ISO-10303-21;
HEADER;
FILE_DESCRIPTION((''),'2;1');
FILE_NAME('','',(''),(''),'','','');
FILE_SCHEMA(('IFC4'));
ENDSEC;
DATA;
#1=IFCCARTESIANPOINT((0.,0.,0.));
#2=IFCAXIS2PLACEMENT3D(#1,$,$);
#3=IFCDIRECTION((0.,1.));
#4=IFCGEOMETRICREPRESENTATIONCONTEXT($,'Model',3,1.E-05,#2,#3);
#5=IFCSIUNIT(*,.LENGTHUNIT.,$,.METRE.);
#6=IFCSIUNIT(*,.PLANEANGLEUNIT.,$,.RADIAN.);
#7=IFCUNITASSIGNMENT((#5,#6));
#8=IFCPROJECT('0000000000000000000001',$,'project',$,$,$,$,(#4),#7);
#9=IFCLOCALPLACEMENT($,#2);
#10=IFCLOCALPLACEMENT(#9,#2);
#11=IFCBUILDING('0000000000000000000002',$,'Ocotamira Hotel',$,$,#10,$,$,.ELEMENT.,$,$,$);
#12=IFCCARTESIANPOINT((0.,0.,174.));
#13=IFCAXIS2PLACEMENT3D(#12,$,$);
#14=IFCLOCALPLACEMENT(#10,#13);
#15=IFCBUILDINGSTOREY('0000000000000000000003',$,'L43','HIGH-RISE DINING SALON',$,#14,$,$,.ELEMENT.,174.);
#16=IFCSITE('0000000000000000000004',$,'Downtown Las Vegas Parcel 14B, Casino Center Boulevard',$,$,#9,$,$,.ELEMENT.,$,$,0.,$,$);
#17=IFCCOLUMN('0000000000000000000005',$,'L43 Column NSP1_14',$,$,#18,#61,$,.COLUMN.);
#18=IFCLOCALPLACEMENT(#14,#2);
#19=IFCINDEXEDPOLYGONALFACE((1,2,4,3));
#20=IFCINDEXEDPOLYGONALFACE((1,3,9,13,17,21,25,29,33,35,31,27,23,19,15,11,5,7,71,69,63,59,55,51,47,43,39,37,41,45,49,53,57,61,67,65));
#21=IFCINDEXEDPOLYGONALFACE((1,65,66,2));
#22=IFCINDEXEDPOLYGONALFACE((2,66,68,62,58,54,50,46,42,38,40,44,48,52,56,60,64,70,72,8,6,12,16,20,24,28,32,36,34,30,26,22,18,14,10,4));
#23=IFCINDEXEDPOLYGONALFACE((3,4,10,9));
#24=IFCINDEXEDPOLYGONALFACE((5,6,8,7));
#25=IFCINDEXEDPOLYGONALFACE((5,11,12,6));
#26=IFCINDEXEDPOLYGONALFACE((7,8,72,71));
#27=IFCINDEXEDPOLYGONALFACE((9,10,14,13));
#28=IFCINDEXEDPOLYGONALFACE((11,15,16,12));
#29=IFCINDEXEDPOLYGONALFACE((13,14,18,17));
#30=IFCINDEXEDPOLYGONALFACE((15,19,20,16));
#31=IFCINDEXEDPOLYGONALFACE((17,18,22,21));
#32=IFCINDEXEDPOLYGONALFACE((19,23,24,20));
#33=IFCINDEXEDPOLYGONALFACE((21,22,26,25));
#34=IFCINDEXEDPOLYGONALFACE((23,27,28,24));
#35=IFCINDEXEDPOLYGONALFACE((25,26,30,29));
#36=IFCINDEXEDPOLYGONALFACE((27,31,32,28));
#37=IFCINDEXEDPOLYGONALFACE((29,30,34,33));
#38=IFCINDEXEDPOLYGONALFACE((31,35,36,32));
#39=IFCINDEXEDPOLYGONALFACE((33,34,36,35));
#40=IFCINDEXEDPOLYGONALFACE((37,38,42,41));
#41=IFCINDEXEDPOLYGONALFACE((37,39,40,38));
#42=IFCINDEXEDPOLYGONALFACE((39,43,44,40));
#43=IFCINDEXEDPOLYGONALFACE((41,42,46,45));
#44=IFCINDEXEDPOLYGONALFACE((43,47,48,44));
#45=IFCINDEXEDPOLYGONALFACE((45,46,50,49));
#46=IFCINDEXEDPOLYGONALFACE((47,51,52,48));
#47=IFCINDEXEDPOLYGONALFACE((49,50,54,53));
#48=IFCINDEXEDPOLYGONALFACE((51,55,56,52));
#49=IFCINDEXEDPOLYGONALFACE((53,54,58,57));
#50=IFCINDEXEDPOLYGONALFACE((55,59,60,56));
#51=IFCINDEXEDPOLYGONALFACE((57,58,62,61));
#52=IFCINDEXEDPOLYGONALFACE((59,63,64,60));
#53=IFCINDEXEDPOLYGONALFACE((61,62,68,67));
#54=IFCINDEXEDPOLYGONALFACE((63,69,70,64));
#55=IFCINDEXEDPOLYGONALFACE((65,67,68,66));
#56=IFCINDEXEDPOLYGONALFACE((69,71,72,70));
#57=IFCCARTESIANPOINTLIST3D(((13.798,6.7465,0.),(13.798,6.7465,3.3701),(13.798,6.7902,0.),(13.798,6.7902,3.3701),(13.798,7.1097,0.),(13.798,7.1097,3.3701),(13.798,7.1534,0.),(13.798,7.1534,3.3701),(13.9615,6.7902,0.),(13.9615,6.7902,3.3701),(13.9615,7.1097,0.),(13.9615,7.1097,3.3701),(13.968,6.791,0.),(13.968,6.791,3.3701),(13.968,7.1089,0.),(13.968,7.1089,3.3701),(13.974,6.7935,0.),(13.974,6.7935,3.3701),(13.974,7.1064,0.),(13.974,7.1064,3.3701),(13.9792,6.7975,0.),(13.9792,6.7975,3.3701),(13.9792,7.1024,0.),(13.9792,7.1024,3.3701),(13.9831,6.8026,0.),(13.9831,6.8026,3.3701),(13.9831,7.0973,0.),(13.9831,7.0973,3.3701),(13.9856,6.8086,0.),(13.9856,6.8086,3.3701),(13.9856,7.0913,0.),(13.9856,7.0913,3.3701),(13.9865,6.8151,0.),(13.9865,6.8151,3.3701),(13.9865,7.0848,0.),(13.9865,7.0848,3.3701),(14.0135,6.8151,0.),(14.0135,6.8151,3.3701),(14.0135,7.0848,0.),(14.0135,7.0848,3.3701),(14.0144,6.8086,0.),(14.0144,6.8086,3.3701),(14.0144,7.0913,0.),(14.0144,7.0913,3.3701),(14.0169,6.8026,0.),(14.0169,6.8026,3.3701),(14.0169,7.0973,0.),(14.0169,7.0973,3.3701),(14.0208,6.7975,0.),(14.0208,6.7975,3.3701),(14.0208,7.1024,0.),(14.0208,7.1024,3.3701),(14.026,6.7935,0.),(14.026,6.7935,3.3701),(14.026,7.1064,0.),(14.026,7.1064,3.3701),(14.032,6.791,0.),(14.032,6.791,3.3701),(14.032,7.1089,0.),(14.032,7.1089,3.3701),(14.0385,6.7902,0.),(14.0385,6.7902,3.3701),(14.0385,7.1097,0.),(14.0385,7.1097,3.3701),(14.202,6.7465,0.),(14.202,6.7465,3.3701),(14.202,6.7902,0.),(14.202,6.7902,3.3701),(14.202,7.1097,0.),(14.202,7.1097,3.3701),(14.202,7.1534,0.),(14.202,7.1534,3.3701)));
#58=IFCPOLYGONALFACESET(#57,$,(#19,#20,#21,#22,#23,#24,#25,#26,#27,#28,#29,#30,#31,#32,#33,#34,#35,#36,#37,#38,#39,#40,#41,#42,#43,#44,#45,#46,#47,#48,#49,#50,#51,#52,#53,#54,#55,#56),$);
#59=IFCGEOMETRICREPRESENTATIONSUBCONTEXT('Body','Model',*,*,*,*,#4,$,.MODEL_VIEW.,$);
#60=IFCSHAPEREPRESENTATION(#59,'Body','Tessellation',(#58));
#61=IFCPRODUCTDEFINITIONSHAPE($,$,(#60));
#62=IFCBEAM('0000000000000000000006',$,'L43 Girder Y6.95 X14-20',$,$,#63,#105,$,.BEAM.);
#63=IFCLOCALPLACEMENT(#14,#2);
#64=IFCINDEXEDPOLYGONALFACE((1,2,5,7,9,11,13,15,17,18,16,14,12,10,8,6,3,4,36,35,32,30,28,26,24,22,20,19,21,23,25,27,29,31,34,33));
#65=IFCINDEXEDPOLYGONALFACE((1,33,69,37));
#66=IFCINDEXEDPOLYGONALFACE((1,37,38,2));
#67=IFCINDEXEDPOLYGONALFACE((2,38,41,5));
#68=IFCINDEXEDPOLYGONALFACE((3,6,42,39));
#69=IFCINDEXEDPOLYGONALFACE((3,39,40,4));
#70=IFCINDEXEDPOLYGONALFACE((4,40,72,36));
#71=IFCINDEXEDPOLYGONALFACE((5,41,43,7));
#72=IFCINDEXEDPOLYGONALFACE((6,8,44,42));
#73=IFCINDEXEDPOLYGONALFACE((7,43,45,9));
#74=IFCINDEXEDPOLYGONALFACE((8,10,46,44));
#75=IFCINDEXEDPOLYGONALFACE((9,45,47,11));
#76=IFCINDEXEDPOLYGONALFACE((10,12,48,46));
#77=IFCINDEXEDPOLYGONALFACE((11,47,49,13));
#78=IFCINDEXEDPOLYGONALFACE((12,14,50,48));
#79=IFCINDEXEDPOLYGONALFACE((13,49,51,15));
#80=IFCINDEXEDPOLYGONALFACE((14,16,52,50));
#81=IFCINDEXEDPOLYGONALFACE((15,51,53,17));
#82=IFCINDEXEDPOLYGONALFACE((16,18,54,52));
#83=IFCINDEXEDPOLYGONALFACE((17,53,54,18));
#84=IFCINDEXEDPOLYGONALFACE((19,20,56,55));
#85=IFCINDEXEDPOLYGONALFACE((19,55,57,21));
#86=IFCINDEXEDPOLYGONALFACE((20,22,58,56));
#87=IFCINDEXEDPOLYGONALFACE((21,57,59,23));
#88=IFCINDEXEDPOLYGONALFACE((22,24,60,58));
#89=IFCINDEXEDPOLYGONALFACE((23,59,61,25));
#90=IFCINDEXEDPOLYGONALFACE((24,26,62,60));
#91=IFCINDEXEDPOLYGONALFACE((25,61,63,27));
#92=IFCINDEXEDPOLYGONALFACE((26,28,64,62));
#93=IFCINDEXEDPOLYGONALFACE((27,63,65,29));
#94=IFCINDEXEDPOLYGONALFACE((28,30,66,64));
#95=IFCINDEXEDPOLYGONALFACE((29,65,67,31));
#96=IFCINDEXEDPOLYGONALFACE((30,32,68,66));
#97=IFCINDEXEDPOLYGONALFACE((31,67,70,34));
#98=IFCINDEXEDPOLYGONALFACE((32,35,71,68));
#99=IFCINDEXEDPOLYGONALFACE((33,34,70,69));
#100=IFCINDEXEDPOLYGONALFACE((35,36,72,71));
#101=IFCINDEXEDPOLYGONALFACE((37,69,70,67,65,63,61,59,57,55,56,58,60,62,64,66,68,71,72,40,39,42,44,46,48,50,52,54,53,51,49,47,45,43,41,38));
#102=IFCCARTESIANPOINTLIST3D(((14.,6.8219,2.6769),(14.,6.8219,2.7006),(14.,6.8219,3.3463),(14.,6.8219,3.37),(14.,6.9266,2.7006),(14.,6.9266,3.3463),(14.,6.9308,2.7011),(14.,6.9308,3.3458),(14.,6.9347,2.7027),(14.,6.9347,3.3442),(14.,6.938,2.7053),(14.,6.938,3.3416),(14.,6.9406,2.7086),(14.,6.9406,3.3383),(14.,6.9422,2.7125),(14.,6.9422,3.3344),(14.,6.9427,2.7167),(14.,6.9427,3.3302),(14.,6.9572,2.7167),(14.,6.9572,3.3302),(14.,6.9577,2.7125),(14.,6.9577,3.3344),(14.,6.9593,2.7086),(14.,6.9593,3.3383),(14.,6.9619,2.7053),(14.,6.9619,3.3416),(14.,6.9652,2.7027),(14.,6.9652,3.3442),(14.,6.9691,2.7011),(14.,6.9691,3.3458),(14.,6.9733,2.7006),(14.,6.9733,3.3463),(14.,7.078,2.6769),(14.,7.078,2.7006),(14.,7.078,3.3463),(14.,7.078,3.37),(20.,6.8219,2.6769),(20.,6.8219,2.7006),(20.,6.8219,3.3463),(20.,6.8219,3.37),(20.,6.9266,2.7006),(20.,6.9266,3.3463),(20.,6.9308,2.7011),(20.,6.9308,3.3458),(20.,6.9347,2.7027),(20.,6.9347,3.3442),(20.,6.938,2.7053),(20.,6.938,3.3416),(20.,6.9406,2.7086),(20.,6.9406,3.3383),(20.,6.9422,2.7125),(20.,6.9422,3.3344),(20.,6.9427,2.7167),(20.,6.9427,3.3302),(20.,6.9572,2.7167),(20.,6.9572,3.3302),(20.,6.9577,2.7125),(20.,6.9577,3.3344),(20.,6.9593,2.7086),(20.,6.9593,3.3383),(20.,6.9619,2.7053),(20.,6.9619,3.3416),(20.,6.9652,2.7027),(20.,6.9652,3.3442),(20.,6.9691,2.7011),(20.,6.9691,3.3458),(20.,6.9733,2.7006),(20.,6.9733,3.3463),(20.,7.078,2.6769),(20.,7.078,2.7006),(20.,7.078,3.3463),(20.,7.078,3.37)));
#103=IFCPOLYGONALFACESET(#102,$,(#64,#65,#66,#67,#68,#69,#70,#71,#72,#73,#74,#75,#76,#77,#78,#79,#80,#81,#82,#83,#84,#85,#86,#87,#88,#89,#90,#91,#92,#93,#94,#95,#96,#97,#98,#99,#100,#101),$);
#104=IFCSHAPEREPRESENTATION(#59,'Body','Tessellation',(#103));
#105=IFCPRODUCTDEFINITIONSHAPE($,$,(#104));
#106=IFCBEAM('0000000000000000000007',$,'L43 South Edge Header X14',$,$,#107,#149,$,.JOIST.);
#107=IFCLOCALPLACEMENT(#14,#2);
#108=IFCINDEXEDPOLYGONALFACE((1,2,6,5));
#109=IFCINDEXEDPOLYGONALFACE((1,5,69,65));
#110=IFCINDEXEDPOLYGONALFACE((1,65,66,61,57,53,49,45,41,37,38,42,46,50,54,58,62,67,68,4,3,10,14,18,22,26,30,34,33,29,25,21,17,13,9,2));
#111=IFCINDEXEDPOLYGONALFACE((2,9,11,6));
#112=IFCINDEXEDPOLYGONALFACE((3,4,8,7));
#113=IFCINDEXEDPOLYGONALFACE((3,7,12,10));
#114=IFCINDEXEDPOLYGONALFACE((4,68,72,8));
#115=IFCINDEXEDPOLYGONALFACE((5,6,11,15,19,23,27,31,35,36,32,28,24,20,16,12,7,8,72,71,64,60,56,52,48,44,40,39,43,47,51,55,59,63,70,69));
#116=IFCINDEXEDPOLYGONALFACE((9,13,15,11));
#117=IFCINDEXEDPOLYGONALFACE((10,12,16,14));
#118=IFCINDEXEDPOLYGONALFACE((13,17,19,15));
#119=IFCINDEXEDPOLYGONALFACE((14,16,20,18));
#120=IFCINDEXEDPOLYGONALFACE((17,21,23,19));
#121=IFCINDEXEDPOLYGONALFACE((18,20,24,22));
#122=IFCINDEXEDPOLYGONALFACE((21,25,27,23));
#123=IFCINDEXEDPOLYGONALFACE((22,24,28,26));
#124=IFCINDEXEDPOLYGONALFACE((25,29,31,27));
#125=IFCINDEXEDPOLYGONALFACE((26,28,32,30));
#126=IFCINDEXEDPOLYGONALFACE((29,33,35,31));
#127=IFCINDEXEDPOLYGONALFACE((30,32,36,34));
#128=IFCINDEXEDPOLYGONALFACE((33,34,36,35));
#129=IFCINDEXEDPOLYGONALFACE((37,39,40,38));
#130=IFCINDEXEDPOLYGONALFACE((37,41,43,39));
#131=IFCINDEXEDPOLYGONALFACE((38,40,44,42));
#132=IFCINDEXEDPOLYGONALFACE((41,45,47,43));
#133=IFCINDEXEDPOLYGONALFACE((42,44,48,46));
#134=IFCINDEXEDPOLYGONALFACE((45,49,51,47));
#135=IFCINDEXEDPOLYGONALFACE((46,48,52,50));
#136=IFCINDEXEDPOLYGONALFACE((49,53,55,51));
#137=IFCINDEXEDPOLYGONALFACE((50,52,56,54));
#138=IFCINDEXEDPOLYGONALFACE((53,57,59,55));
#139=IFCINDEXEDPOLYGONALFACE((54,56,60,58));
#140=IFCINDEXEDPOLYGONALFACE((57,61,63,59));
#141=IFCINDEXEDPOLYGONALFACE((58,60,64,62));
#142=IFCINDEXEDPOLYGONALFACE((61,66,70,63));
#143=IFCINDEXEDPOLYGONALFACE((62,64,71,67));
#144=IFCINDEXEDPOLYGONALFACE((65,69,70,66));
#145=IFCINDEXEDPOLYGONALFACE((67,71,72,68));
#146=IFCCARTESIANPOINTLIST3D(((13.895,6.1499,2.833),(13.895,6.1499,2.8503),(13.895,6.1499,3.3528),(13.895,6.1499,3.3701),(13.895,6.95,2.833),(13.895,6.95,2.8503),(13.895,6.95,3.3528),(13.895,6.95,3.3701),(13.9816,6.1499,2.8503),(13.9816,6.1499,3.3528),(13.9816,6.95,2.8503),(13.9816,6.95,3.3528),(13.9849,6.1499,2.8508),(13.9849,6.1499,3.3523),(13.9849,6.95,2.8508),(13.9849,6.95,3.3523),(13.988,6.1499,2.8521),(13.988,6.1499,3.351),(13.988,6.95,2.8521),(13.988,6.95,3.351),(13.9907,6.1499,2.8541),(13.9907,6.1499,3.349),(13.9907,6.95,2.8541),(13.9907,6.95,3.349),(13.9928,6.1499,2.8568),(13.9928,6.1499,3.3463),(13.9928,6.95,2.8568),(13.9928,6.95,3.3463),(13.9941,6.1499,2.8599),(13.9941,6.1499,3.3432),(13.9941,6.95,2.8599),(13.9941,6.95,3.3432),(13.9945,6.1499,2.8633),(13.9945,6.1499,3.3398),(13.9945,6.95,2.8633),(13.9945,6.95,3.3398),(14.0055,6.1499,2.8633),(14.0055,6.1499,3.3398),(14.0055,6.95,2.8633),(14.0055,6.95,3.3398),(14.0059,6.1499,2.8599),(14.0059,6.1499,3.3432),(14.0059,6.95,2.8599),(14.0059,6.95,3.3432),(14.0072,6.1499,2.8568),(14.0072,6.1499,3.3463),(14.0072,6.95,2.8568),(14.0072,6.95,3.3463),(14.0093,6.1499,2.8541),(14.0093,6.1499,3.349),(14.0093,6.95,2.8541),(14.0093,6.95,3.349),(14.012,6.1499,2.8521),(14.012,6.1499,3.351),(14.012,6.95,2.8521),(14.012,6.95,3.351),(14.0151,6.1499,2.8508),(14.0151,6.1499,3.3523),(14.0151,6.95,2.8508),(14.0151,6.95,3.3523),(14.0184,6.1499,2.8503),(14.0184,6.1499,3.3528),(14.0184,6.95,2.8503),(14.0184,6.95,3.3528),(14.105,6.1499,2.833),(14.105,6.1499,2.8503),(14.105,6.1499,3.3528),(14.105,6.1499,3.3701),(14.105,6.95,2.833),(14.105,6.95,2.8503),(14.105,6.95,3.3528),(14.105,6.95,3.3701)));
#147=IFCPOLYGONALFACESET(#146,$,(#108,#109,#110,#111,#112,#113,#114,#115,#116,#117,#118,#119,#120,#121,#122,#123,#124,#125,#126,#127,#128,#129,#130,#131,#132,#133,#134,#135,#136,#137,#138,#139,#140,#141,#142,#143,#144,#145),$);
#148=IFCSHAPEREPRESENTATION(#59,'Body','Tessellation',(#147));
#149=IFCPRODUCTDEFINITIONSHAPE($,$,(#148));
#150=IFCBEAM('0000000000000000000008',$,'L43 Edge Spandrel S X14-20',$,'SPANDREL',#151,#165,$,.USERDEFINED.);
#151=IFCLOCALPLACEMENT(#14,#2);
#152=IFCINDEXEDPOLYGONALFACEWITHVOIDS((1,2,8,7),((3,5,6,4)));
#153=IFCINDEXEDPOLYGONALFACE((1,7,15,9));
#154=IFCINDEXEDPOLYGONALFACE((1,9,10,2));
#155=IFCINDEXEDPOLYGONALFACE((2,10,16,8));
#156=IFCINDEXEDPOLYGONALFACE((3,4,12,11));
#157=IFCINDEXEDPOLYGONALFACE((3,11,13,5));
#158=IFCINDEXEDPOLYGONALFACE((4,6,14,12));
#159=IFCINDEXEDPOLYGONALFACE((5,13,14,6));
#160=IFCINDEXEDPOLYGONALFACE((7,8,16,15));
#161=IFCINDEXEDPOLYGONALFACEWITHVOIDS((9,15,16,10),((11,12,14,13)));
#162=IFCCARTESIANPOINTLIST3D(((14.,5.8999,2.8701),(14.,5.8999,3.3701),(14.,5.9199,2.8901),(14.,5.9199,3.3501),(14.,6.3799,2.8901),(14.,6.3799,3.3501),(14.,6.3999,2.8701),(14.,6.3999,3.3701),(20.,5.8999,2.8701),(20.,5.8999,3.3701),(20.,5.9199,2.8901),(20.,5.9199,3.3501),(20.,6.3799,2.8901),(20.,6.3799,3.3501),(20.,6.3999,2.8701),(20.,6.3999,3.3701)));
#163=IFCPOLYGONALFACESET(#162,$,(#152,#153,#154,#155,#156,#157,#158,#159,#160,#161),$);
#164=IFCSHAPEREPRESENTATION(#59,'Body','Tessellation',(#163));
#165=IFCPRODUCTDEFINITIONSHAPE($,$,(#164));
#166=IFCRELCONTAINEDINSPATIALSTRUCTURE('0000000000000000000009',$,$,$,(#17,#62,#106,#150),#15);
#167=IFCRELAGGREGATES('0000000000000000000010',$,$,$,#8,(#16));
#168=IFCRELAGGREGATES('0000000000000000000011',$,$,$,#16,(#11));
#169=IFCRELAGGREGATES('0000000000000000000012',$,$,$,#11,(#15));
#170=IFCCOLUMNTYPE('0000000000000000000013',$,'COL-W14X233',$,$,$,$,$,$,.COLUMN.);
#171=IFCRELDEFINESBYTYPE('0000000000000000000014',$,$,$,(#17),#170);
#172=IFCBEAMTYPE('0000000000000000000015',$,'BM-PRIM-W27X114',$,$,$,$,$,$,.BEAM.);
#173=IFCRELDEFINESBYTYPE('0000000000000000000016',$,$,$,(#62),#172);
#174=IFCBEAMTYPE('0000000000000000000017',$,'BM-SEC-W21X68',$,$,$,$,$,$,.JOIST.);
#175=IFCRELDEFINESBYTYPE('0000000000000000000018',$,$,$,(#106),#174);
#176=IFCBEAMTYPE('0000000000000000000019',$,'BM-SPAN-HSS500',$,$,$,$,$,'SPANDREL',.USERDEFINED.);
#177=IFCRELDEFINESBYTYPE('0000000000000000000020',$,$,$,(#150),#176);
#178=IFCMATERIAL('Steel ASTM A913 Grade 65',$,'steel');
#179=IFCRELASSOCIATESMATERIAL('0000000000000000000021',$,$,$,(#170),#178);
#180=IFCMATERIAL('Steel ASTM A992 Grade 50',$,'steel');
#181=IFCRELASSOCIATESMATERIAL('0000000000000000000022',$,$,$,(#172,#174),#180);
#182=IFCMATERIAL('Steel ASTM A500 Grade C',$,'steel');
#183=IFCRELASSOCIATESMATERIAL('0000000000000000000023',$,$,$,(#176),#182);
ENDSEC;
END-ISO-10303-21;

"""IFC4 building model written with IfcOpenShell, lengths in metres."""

from ifc_helpers import new_model, si_unit, direction, frame, origin, origin_2d, place, context, subcontext, project, spatial, hollow_rectangle, i_section, extrude, source, transform, mapped, material, material_profile, profile_set, type_object, element, save


model = new_model("IFC4")

# Units and contexts
model_context = context("Model", 3, precision=1e-05, world=origin(), true_north=direction((0.0, 1.0)))
body_context = subcontext(model_context, "Body", "Model", "MODEL_VIEW")
ifc_project = project(units=[si_unit("LENGTHUNIT", "METRE"), si_unit("PLANEANGLEUNIT", "RADIAN")], contexts=[model_context])

# Site, building, storey
site_placement = place(None, origin())
site = spatial("IfcSite", under=ifc_project, at=site_placement, Name="Downtown Las Vegas Parcel 14B, Casino Center Boulevard", CompositionType="ELEMENT", RefElevation=0.0)
building_placement = place(site_placement, origin())
building = spatial("IfcBuilding", under=site, at=building_placement, Name="Ocotamira Hotel", CompositionType="ELEMENT")
storey_placement = place(building_placement, frame((0.0, 0.0, 174.0)))
storey = spatial("IfcBuildingStorey", under=building, at=storey_placement, Name="L43", Description="HIGH-RISE DINING SALON", CompositionType="ELEMENT", Elevation=174.0)

# Column
ifc_material_1 = material(Name="Steel ASTM A913 Grade 65", Category="steel")
ifc_material_profile_1 = material_profile(ifc_material_1, i_section(OverallWidth=0.4041, OverallDepth=0.407, WebThickness=0.0271, FlangeThickness=0.0437, FilletRadius=0.0249, at=origin_2d()), Name="W14X233")
ifc_profile_set_1 = profile_set([ifc_material_profile_1], Name="Steel ASTM A913 Grade 65")
column_type = type_object("IfcColumnType", Name="COL-W14X233", PredefinedType="COLUMN", material=ifc_profile_set_1)
shared_shape_1 = source(origin(), body_context, "Body", "SweptSolid", [
    extrude(i_section(OverallWidth=0.4041, OverallDepth=0.407, WebThickness=0.0271, FlangeThickness=0.0437, FilletRadius=0.0249, at=origin_2d()), origin(), (0.0, 0.0, 1.0), 3.3701),
])
column_placement = place(storey_placement, frame((14.0, 6.95, 0.0), z_axis=(0.0, 0.0, 1.0), x_axis=(1.0, 0.0, 0.0)))
element("IfcColumn", 1, at=column_placement, inside=storey, type_object=column_type, Name="L43 Column NSP1_14", PredefinedType="COLUMN", context=body_context, shape_type="MappedRepresentation", body=[
    mapped(shared_shape_1, transform((0.0, 0.0, 0.0), scale=1.0)),
])

# Beams
ifc_material_2 = material(Name="Steel ASTM A992 Grade 50", Category="steel")
ifc_material_profile_2 = material_profile(ifc_material_2, i_section(OverallWidth=0.2561, OverallDepth=0.6931, WebThickness=0.0144, FlangeThickness=0.0237, FilletRadius=0.0161, at=origin_2d()), Name="W27X114")
ifc_profile_set_2 = profile_set([ifc_material_profile_2], Name="Steel ASTM A992 Grade 50")
beam_type_1 = type_object("IfcBeamType", Name="BM-PRIM-W27X114", PredefinedType="BEAM", material=ifc_profile_set_2)
shared_shape_2 = source(origin(), body_context, "Body", "SweptSolid", [
    extrude(i_section(OverallWidth=0.2561, OverallDepth=0.6931, WebThickness=0.0144, FlangeThickness=0.0237, FilletRadius=0.0161, at=origin_2d()), origin(), (0.0, 0.0, 1.0), 6.0),
])
beam_1_placement = place(storey_placement, frame((14.0, 6.95, 3.0234), z_axis=(1.0, 0.0, 0.0), x_axis=(0.0, 1.0, 0.0)))
element("IfcBeam", 2, at=beam_1_placement, inside=storey, type_object=beam_type_1, Name="L43 Girder Y6.95 X14-20", PredefinedType="BEAM", context=body_context, shape_type="MappedRepresentation", body=[
    mapped(shared_shape_2, transform((0.0, 0.0, 0.0), scale=1.0)),
])
ifc_material_profile_3 = material_profile(ifc_material_2, i_section(OverallWidth=0.21, OverallDepth=0.5371, WebThickness=0.011, FlangeThickness=0.0173, FilletRadius=0.0129, at=origin_2d()), Name="W21X68")
ifc_profile_set_3 = profile_set([ifc_material_profile_3], Name="Steel ASTM A992 Grade 50")
beam_type_2 = type_object("IfcBeamType", Name="BM-SEC-W21X68", PredefinedType="JOIST", material=ifc_profile_set_3)
shared_shape_3 = source(origin(), body_context, "Body", "SweptSolid", [
    extrude(i_section(OverallWidth=0.21, OverallDepth=0.5371, WebThickness=0.011, FlangeThickness=0.0173, FilletRadius=0.0129, at=origin_2d()), origin(), (0.0, 0.0, 1.0), 0.8),
])
beam_2_placement = place(storey_placement, frame((14.0, 6.95, 3.1016), z_axis=(0.0, -1.0, 0.0), x_axis=(1.0, 0.0, 0.0)))
element("IfcBeam", 3, at=beam_2_placement, inside=storey, type_object=beam_type_2, Name="L43 South Edge Header X14", PredefinedType="JOIST", context=body_context, shape_type="MappedRepresentation", body=[
    mapped(shared_shape_3, transform((0.0, 0.0, 0.0), scale=1.0)),
])
ifc_material_3 = material(Name="Steel ASTM A500 Grade C", Category="steel")
ifc_material_profile_4 = material_profile(ifc_material_3, hollow_rectangle(XDim=0.5, YDim=0.5, WallThickness=0.02, at=origin_2d()), Name="HSS500X500X20")
ifc_profile_set_4 = profile_set([ifc_material_profile_4], Name="Steel ASTM A500 Grade C")
beam_type_3 = type_object("IfcBeamType", Name="BM-SPAN-HSS500", ElementType="SPANDREL", PredefinedType="USERDEFINED", material=ifc_profile_set_4)
shared_shape_4 = source(origin(), body_context, "Body", "SweptSolid", [
    extrude(hollow_rectangle(XDim=0.5, YDim=0.5, WallThickness=0.02, at=origin_2d()), origin(), (0.0, 0.0, 1.0), 6.0),
])
beam_3_placement = place(storey_placement, frame((14.0, 6.1499, 3.1201), z_axis=(1.0, 0.0, 0.0), x_axis=(0.0, 1.0, 0.0)))
element("IfcBeam", 4, at=beam_3_placement, inside=storey, type_object=beam_type_3, Name="L43 Edge Spandrel S X14-20", ObjectType="SPANDREL", PredefinedType="USERDEFINED", context=body_context, shape_type="MappedRepresentation", body=[
    mapped(shared_shape_4, transform((0.0, 0.0, 0.0), scale=1.0)),
])

save(model, "model.ifc")
